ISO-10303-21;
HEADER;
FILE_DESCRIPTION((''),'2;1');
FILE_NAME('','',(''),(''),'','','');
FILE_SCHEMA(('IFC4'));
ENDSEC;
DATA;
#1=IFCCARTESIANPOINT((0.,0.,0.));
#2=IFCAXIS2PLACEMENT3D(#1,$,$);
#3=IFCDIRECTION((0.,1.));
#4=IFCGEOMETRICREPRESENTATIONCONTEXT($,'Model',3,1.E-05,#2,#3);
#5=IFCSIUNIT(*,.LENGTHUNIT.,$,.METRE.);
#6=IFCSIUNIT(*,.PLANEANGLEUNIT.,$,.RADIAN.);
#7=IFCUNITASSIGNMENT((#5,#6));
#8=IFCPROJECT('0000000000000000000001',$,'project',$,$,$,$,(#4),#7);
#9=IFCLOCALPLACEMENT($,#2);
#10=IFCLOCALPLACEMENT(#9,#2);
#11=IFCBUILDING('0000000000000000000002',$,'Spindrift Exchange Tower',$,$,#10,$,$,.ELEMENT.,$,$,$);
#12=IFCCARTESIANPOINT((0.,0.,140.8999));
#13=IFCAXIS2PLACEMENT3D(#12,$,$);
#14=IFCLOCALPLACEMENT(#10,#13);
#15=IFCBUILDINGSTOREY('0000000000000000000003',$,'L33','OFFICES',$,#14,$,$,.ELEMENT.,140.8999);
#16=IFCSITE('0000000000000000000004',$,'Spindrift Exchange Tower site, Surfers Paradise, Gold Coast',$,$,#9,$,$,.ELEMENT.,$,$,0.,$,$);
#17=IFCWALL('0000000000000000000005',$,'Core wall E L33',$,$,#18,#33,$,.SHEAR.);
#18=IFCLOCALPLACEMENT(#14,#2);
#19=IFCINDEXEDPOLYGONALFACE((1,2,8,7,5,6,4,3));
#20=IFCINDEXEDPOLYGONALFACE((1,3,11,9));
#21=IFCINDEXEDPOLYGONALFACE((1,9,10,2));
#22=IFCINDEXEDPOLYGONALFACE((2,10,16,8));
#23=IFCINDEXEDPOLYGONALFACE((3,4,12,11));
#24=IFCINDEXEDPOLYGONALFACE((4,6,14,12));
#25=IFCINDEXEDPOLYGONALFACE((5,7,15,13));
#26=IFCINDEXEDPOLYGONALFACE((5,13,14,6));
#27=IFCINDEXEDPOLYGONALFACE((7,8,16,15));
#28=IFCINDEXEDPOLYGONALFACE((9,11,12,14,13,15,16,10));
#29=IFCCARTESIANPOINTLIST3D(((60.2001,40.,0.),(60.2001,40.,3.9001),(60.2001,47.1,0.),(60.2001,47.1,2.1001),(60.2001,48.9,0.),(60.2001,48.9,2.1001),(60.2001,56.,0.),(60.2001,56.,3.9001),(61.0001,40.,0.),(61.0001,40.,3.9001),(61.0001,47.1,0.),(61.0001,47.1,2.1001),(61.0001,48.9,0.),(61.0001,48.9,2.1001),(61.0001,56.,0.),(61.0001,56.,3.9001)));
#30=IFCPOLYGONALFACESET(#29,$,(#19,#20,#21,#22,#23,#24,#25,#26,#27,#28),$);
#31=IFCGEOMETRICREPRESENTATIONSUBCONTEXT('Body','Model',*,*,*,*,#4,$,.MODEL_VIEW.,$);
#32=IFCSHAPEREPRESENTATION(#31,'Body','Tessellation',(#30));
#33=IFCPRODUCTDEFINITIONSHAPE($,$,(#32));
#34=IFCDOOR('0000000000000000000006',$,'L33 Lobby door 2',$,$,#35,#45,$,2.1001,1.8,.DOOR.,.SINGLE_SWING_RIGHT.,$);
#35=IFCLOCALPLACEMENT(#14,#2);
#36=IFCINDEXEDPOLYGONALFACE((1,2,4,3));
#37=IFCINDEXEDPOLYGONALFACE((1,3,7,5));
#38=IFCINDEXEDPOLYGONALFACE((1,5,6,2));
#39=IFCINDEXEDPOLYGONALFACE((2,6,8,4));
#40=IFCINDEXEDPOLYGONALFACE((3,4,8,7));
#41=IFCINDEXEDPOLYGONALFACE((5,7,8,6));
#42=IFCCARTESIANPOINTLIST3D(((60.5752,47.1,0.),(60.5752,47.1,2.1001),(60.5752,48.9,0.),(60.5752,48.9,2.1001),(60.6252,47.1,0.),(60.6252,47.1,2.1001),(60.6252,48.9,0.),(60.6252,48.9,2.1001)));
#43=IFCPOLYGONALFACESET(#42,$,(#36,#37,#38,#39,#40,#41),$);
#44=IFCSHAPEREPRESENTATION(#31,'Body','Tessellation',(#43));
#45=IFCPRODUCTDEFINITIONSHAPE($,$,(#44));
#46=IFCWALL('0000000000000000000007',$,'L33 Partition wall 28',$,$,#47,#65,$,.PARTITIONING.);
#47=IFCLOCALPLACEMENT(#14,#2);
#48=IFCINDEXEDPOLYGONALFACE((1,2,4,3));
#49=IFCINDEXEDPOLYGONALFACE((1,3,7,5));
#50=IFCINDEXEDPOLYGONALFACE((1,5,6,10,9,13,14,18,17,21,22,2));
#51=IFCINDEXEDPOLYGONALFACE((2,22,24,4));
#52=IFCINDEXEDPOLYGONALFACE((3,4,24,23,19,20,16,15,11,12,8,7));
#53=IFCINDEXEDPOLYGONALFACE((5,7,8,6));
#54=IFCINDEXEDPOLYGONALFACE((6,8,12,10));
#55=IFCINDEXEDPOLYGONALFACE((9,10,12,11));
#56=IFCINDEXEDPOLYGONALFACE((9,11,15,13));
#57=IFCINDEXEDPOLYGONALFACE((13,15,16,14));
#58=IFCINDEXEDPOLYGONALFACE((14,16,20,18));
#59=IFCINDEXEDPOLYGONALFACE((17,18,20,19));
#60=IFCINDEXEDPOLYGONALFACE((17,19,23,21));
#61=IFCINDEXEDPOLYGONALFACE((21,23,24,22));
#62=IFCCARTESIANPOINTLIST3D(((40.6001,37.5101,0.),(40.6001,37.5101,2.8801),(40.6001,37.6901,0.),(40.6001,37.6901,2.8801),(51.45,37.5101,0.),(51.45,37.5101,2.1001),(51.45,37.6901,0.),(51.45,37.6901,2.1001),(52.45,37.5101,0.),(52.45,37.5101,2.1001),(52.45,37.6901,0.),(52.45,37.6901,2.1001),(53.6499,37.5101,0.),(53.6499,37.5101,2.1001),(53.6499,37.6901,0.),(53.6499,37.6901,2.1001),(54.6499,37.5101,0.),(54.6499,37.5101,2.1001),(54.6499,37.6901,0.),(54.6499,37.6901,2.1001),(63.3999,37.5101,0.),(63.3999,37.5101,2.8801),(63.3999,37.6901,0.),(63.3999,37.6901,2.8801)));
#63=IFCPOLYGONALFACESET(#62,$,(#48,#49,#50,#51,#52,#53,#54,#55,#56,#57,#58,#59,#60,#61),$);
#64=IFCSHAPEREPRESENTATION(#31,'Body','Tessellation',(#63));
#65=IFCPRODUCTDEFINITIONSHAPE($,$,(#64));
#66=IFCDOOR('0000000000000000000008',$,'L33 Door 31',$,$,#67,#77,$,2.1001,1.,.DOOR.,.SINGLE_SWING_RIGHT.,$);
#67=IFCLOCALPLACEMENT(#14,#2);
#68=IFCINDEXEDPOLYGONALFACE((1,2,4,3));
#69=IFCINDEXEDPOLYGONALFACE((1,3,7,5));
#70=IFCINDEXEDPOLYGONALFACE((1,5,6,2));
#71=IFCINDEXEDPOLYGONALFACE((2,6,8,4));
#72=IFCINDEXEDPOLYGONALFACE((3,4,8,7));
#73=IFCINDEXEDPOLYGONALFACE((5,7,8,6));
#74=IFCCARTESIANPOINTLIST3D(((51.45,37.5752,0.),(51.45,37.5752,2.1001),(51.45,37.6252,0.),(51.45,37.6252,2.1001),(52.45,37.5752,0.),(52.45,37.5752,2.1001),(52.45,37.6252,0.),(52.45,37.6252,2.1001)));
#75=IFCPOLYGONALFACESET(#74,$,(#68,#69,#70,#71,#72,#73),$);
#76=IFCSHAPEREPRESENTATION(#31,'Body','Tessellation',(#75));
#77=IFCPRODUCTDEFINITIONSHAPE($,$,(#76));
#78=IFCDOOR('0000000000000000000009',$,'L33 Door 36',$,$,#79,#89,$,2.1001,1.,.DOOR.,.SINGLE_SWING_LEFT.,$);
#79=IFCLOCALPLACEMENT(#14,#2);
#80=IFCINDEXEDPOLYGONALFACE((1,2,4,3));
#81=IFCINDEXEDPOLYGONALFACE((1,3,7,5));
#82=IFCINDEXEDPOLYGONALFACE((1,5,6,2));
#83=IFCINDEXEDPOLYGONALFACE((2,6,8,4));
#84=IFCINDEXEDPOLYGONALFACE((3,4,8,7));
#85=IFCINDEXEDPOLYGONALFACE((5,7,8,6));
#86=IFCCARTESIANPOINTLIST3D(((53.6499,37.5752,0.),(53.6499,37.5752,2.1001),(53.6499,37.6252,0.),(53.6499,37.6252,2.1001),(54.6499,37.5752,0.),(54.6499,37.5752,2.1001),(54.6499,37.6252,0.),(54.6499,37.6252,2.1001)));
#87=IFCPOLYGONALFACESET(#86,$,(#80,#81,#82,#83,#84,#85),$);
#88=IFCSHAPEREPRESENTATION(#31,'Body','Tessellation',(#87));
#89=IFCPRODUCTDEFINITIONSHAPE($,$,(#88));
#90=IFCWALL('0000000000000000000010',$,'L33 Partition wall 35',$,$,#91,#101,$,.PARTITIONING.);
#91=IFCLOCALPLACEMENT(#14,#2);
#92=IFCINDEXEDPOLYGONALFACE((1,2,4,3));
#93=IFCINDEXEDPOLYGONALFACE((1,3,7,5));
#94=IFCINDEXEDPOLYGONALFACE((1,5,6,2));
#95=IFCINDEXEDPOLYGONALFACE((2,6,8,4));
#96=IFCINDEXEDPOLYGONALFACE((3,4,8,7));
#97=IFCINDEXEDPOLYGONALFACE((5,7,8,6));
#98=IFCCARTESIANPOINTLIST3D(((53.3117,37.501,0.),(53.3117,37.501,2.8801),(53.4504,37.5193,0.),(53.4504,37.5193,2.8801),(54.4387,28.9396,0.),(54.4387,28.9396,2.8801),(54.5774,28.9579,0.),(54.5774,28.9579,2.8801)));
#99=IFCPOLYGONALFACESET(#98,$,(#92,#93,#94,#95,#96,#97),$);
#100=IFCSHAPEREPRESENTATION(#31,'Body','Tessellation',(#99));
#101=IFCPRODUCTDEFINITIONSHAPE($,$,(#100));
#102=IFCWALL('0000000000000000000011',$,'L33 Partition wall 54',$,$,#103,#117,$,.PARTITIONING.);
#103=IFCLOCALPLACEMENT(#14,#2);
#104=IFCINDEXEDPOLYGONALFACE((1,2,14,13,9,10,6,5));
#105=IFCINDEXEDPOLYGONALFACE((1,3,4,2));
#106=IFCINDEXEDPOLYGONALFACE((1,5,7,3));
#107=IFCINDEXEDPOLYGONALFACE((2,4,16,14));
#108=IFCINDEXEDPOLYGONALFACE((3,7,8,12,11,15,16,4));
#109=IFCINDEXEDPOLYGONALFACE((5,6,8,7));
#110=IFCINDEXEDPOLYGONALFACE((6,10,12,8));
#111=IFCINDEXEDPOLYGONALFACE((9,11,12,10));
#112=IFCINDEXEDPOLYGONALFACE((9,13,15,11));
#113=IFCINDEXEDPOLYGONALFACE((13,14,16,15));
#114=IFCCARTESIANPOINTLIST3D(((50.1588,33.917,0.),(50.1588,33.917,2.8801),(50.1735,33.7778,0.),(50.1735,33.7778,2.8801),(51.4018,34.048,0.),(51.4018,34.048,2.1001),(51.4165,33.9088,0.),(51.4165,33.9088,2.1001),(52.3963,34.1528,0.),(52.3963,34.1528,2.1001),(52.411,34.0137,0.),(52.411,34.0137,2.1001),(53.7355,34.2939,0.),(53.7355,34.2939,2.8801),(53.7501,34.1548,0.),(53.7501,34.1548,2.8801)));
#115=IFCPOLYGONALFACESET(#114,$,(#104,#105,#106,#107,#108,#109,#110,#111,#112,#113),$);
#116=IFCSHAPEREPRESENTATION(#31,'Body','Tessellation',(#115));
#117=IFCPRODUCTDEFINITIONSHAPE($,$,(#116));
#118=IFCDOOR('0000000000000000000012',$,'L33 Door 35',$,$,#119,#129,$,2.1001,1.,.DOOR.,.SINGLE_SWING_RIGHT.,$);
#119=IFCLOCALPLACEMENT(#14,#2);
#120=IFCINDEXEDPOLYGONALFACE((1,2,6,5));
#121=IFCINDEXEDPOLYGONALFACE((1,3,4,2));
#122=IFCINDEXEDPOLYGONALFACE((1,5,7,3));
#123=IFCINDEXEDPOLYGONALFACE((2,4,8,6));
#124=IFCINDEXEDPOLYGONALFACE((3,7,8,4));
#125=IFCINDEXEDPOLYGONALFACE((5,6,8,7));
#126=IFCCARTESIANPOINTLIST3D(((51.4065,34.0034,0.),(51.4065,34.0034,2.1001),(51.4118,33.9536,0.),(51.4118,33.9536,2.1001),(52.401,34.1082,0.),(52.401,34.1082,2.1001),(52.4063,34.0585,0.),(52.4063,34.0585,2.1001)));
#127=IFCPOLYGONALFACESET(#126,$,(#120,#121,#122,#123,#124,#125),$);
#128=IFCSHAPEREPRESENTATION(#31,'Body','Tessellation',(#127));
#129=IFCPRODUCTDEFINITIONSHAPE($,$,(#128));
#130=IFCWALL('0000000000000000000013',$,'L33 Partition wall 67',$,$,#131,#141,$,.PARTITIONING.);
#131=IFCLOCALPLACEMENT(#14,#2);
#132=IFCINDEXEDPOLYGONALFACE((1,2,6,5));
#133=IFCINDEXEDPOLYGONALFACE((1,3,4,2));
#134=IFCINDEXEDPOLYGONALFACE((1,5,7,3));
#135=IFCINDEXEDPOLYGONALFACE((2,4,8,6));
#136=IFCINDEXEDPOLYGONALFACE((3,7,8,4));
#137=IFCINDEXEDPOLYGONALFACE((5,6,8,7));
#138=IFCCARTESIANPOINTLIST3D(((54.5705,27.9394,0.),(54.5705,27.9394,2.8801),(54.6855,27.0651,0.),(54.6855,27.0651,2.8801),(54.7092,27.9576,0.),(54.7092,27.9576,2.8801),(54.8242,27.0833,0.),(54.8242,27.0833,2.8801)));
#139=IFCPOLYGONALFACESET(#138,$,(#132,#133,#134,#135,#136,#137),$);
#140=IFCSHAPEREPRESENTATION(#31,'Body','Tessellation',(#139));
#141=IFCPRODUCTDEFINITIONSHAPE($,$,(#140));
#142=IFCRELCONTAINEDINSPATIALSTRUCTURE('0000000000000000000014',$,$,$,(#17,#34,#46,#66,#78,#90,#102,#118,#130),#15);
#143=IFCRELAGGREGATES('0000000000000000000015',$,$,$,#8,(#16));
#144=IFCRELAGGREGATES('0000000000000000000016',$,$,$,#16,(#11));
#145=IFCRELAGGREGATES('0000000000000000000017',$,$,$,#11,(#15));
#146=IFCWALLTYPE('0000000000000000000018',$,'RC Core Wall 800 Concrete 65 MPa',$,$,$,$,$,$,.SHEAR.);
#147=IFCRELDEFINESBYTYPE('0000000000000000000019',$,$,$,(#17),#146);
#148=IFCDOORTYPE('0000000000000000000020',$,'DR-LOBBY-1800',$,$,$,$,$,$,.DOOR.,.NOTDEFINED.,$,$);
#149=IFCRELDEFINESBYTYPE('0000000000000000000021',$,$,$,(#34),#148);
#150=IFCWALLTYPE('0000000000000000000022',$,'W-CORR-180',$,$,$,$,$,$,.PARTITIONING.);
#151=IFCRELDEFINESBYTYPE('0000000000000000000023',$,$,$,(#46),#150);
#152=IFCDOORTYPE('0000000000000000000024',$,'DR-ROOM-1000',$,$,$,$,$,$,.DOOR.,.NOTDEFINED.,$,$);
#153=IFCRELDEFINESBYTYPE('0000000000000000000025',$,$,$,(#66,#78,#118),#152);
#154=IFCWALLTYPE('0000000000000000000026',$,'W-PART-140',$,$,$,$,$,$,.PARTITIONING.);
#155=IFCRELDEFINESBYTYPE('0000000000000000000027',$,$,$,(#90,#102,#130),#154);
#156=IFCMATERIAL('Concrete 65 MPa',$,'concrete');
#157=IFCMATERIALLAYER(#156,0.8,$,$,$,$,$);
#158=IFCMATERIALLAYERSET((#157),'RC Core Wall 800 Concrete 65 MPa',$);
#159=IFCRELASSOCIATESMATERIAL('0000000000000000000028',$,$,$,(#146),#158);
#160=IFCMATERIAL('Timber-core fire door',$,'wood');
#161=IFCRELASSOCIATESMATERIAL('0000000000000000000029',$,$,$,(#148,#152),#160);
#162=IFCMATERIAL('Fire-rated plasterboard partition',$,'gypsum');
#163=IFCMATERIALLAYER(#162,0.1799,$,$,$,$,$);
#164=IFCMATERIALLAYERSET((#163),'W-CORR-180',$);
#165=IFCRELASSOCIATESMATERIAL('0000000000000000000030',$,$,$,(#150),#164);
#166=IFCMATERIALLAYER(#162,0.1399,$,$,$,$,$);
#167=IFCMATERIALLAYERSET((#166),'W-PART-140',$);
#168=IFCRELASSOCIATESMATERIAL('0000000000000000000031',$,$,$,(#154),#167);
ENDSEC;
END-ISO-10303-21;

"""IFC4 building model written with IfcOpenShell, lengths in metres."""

from ifc_helpers import new_model, si_unit, direction, frame, frame_2d, origin, place, context, subcontext, project, spatial, rectangle, extrude, source, transform, mapped, material, layer, layer_set, type_object, element, fill, save


model = new_model("IFC4")

# Units and contexts
model_context = context("Model", 3, precision=1e-05, world=origin(), true_north=direction((0.0, 1.0)))
body_context = subcontext(model_context, "Body", "Model", "MODEL_VIEW")
ifc_project = project(units=[si_unit("LENGTHUNIT", "METRE"), si_unit("PLANEANGLEUNIT", "RADIAN")], contexts=[model_context])

# Site, building, storey
site_placement = place(None, origin())
site = spatial("IfcSite", under=ifc_project, at=site_placement, Name="Spindrift Exchange Tower site, Surfers Paradise, Gold Coast", CompositionType="ELEMENT", RefElevation=0.0)
building_placement = place(site_placement, origin())
building = spatial("IfcBuilding", under=site, at=building_placement, Name="Spindrift Exchange Tower", CompositionType="ELEMENT")
storey_placement = place(building_placement, frame((0.0, 0.0, 140.8999)))
storey = spatial("IfcBuildingStorey", under=building, at=storey_placement, Name="L33", Description="OFFICES", CompositionType="ELEMENT", Elevation=140.8999)

# Wall, opening, door
ifc_material_1 = material(Name="Concrete 65 MPa", Category="concrete")
ifc_layer_1 = layer(ifc_material_1, 0.8)
ifc_layer_set_1 = layer_set([ifc_layer_1], Name="RC Core Wall 800 Concrete 65 MPa")
wall_type_1 = type_object("IfcWallType", Name="RC Core Wall 800 Concrete 65 MPa", PredefinedType="SHEAR", material=ifc_layer_set_1)
wall_1_placement = place(storey_placement, frame((60.6001, 40.0, 0.0), z_axis=(0.0, 0.0, 1.0), x_axis=(0.0, 1.0, 0.0)))
wall_1 = element("IfcWall", 1, at=wall_1_placement, inside=storey, type_object=wall_type_1, Name="Core wall E L33", PredefinedType="SHEAR", context=body_context, shape_type="SweptSolid", body=[
    extrude(rectangle(XDim=16.0, YDim=0.8, at=frame_2d((8.0, 0.0))), origin(), (0.0, 0.0, 1.0), 3.9001),
])
opening_1_placement = place(wall_1_placement, frame((7.1001, 0.0, 0.0)))
opening_1 = element("IfcOpeningElement", 2, at=opening_1_placement, cuts=wall_1, PredefinedType="OPENING", context=body_context, shape_type="SweptSolid", body=[
    extrude(rectangle(XDim=1.8, YDim=2.1001, at=frame_2d((0.8999, 1.05))), frame((0.0, 0.4099, 0.0), z_axis=(0.0, -1.0, 0.0), x_axis=(1.0, 0.0, 0.0)), (0.0, 0.0, 1.0), 0.8201),
])
ifc_material_2 = material(Name="Timber-core fire door", Category="wood")
door_type_1 = type_object("IfcDoorType", Name="DR-LOBBY-1800", OperationType="NOTDEFINED", PredefinedType="DOOR", material=ifc_material_2)
shared_shape_1 = source(origin(), body_context, "Body", "SweptSolid", [
    extrude(rectangle(XDim=1.8, YDim=2.1001, at=frame_2d((0.8999, 1.05))), frame((0.0, 0.0249, 0.0), z_axis=(0.0, -1.0, 0.0), x_axis=(1.0, 0.0, 0.0)), (0.0, 0.0, 1.0), 0.05),
])
door_1_placement = place(opening_1_placement, origin())
door_1 = element("IfcDoor", 3, at=door_1_placement, inside=storey, type_object=door_type_1, Name="L33 Lobby door 2", OperationType="SINGLE_SWING_RIGHT", OverallHeight=2.1001, OverallWidth=1.8, PredefinedType="DOOR", context=body_context, shape_type="MappedRepresentation", body=[
    mapped(shared_shape_1, transform((0.0, 0.0, 0.0), scale=1.0)),
])
fill(opening_1, door_1)

# Wall, openings, doors
ifc_material_3 = material(Name="Fire-rated plasterboard partition", Category="gypsum")
ifc_layer_2 = layer(ifc_material_3, 0.1799)
ifc_layer_set_2 = layer_set([ifc_layer_2], Name="W-CORR-180")
wall_type_2 = type_object("IfcWallType", Name="W-CORR-180", PredefinedType="PARTITIONING", material=ifc_layer_set_2)
wall_2_placement = place(storey_placement, frame((63.3999, 37.6001, 0.0), z_axis=(0.0, 0.0, 1.0), x_axis=(-1.0, 0.0, 0.0)))
wall_2 = element("IfcWall", 4, at=wall_2_placement, inside=storey, type_object=wall_type_2, Name="L33 Partition wall 28", PredefinedType="PARTITIONING", context=body_context, shape_type="SweptSolid", body=[
    extrude(rectangle(XDim=22.7998, YDim=0.1799, at=frame_2d((11.3999, 0.0))), origin(), (0.0, 0.0, 1.0), 2.8801),
])
opening_2_placement = place(wall_2_placement, frame((10.95, 0.0, 0.0)))
opening_2 = element("IfcOpeningElement", 5, at=opening_2_placement, cuts=wall_2, PredefinedType="OPENING", context=body_context, shape_type="SweptSolid", body=[
    extrude(rectangle(XDim=1.0, YDim=2.1001, at=frame_2d((0.5, 1.05))), frame((0.0, 0.0999, 0.0), z_axis=(0.0, -1.0, 0.0), x_axis=(1.0, 0.0, 0.0)), (0.0, 0.0, 1.0), 0.2),
])
opening_3_placement = place(wall_2_placement, frame((8.75, 0.0, 0.0)))
opening_3 = element("IfcOpeningElement", 6, at=opening_3_placement, cuts=wall_2, PredefinedType="OPENING", context=body_context, shape_type="SweptSolid", body=[
    extrude(rectangle(XDim=1.0, YDim=2.1001, at=frame_2d((0.5, 1.05))), frame((0.0, 0.0999, 0.0), z_axis=(0.0, -1.0, 0.0), x_axis=(1.0, 0.0, 0.0)), (0.0, 0.0, 1.0), 0.2),
])
door_type_2 = type_object("IfcDoorType", Name="DR-ROOM-1000", OperationType="NOTDEFINED", PredefinedType="DOOR", material=ifc_material_2)
shared_shape_2 = source(origin(), body_context, "Body", "SweptSolid", [
    extrude(rectangle(XDim=1.0, YDim=2.1001, at=frame_2d((0.5, 1.05))), frame((0.0, 0.0249, 0.0), z_axis=(0.0, -1.0, 0.0), x_axis=(1.0, 0.0, 0.0)), (0.0, 0.0, 1.0), 0.05),
])
door_2_placement = place(opening_2_placement, origin())
door_2 = element("IfcDoor", 7, at=door_2_placement, inside=storey, type_object=door_type_2, Name="L33 Door 31", OperationType="SINGLE_SWING_RIGHT", OverallHeight=2.1001, OverallWidth=1.0, PredefinedType="DOOR", context=body_context, shape_type="MappedRepresentation", body=[
    mapped(shared_shape_2, transform((0.0, 0.0, 0.0), scale=1.0)),
])
fill(opening_2, door_2)
door_3_placement = place(opening_3_placement, origin())
door_3 = element("IfcDoor", 8, at=door_3_placement, inside=storey, type_object=door_type_2, Name="L33 Door 36", OperationType="SINGLE_SWING_LEFT", OverallHeight=2.1001, OverallWidth=1.0, PredefinedType="DOOR", context=body_context, shape_type="MappedRepresentation", body=[
    mapped(shared_shape_2, transform((0.0, 0.0, 0.0), scale=1.0)),
])
fill(opening_3, door_3)

# Wall
ifc_layer_3 = layer(ifc_material_3, 0.1399)
ifc_layer_set_3 = layer_set([ifc_layer_3], Name="W-PART-140")
wall_type_3 = type_object("IfcWallType", Name="W-PART-140", PredefinedType="PARTITIONING", material=ifc_layer_set_3)
wall_3_placement = place(storey_placement, frame((54.5081, 28.9487, 0.0), z_axis=(0.0, 0.0, 1.0), x_axis=(-0.130508, 0.991447, 0.0)))
element("IfcWall", 9, at=wall_3_placement, inside=storey, type_object=wall_type_3, Name="L33 Partition wall 35", PredefinedType="PARTITIONING", context=body_context, shape_type="SweptSolid", body=[
    extrude(rectangle(XDim=8.6353, YDim=0.1399, at=frame_2d((4.3176, 0.0))), origin(), (0.0, 0.0, 1.0), 2.8801),
])

# Wall, opening, door
wall_4_placement = place(storey_placement, frame((53.7429, 34.2244, 0.0), z_axis=(0.0, 0.0, 1.0), x_axis=(-0.994492, -0.104812, 0.0)))
wall_4 = element("IfcWall", 10, at=wall_4_placement, inside=storey, type_object=wall_type_3, Name="L33 Partition wall 54", PredefinedType="PARTITIONING", context=body_context, shape_type="SweptSolid", body=[
    extrude(rectangle(XDim=3.5964, YDim=0.1399, at=frame_2d((1.7983, 0.0))), origin(), (0.0, 0.0, 1.0), 2.8801),
])
opening_4_placement = place(wall_4_placement, frame((1.3467, 0.0, 0.0)))
opening_4 = element("IfcOpeningElement", 11, at=opening_4_placement, cuts=wall_4, PredefinedType="OPENING", context=body_context, shape_type="SweptSolid", body=[
    extrude(rectangle(XDim=1.0, YDim=2.1001, at=frame_2d((0.5, 1.05))), frame((0.0, 0.0798, 0.0), z_axis=(0.0, -1.0, 0.0), x_axis=(1.0, 0.0, 0.0)), (0.0, 0.0, 1.0), 0.1599),
])
door_4_placement = place(opening_4_placement, origin())
door_4 = element("IfcDoor", 12, at=door_4_placement, inside=storey, type_object=door_type_2, Name="L33 Door 35", OperationType="SINGLE_SWING_RIGHT", OverallHeight=2.1001, OverallWidth=1.0, PredefinedType="DOOR", context=body_context, shape_type="MappedRepresentation", body=[
    mapped(shared_shape_2, transform((0.0, 0.0, 0.0), scale=1.0)),
])
fill(opening_4, door_4)

# Wall
wall_5_placement = place(storey_placement, frame((54.6399, 27.9485, 0.0), z_axis=(0.0, 0.0, 1.0), x_axis=(0.130404, -0.991461, 0.0)))
element("IfcWall", 13, at=wall_5_placement, inside=storey, type_object=wall_type_3, Name="L33 Partition wall 67", PredefinedType="PARTITIONING", context=body_context, shape_type="SweptSolid", body=[
    extrude(rectangle(XDim=0.8818, YDim=0.1399, at=frame_2d((0.4409, 0.0))), origin(), (0.0, 0.0, 1.0), 2.8801),
])

save(model, "model.ifc")
